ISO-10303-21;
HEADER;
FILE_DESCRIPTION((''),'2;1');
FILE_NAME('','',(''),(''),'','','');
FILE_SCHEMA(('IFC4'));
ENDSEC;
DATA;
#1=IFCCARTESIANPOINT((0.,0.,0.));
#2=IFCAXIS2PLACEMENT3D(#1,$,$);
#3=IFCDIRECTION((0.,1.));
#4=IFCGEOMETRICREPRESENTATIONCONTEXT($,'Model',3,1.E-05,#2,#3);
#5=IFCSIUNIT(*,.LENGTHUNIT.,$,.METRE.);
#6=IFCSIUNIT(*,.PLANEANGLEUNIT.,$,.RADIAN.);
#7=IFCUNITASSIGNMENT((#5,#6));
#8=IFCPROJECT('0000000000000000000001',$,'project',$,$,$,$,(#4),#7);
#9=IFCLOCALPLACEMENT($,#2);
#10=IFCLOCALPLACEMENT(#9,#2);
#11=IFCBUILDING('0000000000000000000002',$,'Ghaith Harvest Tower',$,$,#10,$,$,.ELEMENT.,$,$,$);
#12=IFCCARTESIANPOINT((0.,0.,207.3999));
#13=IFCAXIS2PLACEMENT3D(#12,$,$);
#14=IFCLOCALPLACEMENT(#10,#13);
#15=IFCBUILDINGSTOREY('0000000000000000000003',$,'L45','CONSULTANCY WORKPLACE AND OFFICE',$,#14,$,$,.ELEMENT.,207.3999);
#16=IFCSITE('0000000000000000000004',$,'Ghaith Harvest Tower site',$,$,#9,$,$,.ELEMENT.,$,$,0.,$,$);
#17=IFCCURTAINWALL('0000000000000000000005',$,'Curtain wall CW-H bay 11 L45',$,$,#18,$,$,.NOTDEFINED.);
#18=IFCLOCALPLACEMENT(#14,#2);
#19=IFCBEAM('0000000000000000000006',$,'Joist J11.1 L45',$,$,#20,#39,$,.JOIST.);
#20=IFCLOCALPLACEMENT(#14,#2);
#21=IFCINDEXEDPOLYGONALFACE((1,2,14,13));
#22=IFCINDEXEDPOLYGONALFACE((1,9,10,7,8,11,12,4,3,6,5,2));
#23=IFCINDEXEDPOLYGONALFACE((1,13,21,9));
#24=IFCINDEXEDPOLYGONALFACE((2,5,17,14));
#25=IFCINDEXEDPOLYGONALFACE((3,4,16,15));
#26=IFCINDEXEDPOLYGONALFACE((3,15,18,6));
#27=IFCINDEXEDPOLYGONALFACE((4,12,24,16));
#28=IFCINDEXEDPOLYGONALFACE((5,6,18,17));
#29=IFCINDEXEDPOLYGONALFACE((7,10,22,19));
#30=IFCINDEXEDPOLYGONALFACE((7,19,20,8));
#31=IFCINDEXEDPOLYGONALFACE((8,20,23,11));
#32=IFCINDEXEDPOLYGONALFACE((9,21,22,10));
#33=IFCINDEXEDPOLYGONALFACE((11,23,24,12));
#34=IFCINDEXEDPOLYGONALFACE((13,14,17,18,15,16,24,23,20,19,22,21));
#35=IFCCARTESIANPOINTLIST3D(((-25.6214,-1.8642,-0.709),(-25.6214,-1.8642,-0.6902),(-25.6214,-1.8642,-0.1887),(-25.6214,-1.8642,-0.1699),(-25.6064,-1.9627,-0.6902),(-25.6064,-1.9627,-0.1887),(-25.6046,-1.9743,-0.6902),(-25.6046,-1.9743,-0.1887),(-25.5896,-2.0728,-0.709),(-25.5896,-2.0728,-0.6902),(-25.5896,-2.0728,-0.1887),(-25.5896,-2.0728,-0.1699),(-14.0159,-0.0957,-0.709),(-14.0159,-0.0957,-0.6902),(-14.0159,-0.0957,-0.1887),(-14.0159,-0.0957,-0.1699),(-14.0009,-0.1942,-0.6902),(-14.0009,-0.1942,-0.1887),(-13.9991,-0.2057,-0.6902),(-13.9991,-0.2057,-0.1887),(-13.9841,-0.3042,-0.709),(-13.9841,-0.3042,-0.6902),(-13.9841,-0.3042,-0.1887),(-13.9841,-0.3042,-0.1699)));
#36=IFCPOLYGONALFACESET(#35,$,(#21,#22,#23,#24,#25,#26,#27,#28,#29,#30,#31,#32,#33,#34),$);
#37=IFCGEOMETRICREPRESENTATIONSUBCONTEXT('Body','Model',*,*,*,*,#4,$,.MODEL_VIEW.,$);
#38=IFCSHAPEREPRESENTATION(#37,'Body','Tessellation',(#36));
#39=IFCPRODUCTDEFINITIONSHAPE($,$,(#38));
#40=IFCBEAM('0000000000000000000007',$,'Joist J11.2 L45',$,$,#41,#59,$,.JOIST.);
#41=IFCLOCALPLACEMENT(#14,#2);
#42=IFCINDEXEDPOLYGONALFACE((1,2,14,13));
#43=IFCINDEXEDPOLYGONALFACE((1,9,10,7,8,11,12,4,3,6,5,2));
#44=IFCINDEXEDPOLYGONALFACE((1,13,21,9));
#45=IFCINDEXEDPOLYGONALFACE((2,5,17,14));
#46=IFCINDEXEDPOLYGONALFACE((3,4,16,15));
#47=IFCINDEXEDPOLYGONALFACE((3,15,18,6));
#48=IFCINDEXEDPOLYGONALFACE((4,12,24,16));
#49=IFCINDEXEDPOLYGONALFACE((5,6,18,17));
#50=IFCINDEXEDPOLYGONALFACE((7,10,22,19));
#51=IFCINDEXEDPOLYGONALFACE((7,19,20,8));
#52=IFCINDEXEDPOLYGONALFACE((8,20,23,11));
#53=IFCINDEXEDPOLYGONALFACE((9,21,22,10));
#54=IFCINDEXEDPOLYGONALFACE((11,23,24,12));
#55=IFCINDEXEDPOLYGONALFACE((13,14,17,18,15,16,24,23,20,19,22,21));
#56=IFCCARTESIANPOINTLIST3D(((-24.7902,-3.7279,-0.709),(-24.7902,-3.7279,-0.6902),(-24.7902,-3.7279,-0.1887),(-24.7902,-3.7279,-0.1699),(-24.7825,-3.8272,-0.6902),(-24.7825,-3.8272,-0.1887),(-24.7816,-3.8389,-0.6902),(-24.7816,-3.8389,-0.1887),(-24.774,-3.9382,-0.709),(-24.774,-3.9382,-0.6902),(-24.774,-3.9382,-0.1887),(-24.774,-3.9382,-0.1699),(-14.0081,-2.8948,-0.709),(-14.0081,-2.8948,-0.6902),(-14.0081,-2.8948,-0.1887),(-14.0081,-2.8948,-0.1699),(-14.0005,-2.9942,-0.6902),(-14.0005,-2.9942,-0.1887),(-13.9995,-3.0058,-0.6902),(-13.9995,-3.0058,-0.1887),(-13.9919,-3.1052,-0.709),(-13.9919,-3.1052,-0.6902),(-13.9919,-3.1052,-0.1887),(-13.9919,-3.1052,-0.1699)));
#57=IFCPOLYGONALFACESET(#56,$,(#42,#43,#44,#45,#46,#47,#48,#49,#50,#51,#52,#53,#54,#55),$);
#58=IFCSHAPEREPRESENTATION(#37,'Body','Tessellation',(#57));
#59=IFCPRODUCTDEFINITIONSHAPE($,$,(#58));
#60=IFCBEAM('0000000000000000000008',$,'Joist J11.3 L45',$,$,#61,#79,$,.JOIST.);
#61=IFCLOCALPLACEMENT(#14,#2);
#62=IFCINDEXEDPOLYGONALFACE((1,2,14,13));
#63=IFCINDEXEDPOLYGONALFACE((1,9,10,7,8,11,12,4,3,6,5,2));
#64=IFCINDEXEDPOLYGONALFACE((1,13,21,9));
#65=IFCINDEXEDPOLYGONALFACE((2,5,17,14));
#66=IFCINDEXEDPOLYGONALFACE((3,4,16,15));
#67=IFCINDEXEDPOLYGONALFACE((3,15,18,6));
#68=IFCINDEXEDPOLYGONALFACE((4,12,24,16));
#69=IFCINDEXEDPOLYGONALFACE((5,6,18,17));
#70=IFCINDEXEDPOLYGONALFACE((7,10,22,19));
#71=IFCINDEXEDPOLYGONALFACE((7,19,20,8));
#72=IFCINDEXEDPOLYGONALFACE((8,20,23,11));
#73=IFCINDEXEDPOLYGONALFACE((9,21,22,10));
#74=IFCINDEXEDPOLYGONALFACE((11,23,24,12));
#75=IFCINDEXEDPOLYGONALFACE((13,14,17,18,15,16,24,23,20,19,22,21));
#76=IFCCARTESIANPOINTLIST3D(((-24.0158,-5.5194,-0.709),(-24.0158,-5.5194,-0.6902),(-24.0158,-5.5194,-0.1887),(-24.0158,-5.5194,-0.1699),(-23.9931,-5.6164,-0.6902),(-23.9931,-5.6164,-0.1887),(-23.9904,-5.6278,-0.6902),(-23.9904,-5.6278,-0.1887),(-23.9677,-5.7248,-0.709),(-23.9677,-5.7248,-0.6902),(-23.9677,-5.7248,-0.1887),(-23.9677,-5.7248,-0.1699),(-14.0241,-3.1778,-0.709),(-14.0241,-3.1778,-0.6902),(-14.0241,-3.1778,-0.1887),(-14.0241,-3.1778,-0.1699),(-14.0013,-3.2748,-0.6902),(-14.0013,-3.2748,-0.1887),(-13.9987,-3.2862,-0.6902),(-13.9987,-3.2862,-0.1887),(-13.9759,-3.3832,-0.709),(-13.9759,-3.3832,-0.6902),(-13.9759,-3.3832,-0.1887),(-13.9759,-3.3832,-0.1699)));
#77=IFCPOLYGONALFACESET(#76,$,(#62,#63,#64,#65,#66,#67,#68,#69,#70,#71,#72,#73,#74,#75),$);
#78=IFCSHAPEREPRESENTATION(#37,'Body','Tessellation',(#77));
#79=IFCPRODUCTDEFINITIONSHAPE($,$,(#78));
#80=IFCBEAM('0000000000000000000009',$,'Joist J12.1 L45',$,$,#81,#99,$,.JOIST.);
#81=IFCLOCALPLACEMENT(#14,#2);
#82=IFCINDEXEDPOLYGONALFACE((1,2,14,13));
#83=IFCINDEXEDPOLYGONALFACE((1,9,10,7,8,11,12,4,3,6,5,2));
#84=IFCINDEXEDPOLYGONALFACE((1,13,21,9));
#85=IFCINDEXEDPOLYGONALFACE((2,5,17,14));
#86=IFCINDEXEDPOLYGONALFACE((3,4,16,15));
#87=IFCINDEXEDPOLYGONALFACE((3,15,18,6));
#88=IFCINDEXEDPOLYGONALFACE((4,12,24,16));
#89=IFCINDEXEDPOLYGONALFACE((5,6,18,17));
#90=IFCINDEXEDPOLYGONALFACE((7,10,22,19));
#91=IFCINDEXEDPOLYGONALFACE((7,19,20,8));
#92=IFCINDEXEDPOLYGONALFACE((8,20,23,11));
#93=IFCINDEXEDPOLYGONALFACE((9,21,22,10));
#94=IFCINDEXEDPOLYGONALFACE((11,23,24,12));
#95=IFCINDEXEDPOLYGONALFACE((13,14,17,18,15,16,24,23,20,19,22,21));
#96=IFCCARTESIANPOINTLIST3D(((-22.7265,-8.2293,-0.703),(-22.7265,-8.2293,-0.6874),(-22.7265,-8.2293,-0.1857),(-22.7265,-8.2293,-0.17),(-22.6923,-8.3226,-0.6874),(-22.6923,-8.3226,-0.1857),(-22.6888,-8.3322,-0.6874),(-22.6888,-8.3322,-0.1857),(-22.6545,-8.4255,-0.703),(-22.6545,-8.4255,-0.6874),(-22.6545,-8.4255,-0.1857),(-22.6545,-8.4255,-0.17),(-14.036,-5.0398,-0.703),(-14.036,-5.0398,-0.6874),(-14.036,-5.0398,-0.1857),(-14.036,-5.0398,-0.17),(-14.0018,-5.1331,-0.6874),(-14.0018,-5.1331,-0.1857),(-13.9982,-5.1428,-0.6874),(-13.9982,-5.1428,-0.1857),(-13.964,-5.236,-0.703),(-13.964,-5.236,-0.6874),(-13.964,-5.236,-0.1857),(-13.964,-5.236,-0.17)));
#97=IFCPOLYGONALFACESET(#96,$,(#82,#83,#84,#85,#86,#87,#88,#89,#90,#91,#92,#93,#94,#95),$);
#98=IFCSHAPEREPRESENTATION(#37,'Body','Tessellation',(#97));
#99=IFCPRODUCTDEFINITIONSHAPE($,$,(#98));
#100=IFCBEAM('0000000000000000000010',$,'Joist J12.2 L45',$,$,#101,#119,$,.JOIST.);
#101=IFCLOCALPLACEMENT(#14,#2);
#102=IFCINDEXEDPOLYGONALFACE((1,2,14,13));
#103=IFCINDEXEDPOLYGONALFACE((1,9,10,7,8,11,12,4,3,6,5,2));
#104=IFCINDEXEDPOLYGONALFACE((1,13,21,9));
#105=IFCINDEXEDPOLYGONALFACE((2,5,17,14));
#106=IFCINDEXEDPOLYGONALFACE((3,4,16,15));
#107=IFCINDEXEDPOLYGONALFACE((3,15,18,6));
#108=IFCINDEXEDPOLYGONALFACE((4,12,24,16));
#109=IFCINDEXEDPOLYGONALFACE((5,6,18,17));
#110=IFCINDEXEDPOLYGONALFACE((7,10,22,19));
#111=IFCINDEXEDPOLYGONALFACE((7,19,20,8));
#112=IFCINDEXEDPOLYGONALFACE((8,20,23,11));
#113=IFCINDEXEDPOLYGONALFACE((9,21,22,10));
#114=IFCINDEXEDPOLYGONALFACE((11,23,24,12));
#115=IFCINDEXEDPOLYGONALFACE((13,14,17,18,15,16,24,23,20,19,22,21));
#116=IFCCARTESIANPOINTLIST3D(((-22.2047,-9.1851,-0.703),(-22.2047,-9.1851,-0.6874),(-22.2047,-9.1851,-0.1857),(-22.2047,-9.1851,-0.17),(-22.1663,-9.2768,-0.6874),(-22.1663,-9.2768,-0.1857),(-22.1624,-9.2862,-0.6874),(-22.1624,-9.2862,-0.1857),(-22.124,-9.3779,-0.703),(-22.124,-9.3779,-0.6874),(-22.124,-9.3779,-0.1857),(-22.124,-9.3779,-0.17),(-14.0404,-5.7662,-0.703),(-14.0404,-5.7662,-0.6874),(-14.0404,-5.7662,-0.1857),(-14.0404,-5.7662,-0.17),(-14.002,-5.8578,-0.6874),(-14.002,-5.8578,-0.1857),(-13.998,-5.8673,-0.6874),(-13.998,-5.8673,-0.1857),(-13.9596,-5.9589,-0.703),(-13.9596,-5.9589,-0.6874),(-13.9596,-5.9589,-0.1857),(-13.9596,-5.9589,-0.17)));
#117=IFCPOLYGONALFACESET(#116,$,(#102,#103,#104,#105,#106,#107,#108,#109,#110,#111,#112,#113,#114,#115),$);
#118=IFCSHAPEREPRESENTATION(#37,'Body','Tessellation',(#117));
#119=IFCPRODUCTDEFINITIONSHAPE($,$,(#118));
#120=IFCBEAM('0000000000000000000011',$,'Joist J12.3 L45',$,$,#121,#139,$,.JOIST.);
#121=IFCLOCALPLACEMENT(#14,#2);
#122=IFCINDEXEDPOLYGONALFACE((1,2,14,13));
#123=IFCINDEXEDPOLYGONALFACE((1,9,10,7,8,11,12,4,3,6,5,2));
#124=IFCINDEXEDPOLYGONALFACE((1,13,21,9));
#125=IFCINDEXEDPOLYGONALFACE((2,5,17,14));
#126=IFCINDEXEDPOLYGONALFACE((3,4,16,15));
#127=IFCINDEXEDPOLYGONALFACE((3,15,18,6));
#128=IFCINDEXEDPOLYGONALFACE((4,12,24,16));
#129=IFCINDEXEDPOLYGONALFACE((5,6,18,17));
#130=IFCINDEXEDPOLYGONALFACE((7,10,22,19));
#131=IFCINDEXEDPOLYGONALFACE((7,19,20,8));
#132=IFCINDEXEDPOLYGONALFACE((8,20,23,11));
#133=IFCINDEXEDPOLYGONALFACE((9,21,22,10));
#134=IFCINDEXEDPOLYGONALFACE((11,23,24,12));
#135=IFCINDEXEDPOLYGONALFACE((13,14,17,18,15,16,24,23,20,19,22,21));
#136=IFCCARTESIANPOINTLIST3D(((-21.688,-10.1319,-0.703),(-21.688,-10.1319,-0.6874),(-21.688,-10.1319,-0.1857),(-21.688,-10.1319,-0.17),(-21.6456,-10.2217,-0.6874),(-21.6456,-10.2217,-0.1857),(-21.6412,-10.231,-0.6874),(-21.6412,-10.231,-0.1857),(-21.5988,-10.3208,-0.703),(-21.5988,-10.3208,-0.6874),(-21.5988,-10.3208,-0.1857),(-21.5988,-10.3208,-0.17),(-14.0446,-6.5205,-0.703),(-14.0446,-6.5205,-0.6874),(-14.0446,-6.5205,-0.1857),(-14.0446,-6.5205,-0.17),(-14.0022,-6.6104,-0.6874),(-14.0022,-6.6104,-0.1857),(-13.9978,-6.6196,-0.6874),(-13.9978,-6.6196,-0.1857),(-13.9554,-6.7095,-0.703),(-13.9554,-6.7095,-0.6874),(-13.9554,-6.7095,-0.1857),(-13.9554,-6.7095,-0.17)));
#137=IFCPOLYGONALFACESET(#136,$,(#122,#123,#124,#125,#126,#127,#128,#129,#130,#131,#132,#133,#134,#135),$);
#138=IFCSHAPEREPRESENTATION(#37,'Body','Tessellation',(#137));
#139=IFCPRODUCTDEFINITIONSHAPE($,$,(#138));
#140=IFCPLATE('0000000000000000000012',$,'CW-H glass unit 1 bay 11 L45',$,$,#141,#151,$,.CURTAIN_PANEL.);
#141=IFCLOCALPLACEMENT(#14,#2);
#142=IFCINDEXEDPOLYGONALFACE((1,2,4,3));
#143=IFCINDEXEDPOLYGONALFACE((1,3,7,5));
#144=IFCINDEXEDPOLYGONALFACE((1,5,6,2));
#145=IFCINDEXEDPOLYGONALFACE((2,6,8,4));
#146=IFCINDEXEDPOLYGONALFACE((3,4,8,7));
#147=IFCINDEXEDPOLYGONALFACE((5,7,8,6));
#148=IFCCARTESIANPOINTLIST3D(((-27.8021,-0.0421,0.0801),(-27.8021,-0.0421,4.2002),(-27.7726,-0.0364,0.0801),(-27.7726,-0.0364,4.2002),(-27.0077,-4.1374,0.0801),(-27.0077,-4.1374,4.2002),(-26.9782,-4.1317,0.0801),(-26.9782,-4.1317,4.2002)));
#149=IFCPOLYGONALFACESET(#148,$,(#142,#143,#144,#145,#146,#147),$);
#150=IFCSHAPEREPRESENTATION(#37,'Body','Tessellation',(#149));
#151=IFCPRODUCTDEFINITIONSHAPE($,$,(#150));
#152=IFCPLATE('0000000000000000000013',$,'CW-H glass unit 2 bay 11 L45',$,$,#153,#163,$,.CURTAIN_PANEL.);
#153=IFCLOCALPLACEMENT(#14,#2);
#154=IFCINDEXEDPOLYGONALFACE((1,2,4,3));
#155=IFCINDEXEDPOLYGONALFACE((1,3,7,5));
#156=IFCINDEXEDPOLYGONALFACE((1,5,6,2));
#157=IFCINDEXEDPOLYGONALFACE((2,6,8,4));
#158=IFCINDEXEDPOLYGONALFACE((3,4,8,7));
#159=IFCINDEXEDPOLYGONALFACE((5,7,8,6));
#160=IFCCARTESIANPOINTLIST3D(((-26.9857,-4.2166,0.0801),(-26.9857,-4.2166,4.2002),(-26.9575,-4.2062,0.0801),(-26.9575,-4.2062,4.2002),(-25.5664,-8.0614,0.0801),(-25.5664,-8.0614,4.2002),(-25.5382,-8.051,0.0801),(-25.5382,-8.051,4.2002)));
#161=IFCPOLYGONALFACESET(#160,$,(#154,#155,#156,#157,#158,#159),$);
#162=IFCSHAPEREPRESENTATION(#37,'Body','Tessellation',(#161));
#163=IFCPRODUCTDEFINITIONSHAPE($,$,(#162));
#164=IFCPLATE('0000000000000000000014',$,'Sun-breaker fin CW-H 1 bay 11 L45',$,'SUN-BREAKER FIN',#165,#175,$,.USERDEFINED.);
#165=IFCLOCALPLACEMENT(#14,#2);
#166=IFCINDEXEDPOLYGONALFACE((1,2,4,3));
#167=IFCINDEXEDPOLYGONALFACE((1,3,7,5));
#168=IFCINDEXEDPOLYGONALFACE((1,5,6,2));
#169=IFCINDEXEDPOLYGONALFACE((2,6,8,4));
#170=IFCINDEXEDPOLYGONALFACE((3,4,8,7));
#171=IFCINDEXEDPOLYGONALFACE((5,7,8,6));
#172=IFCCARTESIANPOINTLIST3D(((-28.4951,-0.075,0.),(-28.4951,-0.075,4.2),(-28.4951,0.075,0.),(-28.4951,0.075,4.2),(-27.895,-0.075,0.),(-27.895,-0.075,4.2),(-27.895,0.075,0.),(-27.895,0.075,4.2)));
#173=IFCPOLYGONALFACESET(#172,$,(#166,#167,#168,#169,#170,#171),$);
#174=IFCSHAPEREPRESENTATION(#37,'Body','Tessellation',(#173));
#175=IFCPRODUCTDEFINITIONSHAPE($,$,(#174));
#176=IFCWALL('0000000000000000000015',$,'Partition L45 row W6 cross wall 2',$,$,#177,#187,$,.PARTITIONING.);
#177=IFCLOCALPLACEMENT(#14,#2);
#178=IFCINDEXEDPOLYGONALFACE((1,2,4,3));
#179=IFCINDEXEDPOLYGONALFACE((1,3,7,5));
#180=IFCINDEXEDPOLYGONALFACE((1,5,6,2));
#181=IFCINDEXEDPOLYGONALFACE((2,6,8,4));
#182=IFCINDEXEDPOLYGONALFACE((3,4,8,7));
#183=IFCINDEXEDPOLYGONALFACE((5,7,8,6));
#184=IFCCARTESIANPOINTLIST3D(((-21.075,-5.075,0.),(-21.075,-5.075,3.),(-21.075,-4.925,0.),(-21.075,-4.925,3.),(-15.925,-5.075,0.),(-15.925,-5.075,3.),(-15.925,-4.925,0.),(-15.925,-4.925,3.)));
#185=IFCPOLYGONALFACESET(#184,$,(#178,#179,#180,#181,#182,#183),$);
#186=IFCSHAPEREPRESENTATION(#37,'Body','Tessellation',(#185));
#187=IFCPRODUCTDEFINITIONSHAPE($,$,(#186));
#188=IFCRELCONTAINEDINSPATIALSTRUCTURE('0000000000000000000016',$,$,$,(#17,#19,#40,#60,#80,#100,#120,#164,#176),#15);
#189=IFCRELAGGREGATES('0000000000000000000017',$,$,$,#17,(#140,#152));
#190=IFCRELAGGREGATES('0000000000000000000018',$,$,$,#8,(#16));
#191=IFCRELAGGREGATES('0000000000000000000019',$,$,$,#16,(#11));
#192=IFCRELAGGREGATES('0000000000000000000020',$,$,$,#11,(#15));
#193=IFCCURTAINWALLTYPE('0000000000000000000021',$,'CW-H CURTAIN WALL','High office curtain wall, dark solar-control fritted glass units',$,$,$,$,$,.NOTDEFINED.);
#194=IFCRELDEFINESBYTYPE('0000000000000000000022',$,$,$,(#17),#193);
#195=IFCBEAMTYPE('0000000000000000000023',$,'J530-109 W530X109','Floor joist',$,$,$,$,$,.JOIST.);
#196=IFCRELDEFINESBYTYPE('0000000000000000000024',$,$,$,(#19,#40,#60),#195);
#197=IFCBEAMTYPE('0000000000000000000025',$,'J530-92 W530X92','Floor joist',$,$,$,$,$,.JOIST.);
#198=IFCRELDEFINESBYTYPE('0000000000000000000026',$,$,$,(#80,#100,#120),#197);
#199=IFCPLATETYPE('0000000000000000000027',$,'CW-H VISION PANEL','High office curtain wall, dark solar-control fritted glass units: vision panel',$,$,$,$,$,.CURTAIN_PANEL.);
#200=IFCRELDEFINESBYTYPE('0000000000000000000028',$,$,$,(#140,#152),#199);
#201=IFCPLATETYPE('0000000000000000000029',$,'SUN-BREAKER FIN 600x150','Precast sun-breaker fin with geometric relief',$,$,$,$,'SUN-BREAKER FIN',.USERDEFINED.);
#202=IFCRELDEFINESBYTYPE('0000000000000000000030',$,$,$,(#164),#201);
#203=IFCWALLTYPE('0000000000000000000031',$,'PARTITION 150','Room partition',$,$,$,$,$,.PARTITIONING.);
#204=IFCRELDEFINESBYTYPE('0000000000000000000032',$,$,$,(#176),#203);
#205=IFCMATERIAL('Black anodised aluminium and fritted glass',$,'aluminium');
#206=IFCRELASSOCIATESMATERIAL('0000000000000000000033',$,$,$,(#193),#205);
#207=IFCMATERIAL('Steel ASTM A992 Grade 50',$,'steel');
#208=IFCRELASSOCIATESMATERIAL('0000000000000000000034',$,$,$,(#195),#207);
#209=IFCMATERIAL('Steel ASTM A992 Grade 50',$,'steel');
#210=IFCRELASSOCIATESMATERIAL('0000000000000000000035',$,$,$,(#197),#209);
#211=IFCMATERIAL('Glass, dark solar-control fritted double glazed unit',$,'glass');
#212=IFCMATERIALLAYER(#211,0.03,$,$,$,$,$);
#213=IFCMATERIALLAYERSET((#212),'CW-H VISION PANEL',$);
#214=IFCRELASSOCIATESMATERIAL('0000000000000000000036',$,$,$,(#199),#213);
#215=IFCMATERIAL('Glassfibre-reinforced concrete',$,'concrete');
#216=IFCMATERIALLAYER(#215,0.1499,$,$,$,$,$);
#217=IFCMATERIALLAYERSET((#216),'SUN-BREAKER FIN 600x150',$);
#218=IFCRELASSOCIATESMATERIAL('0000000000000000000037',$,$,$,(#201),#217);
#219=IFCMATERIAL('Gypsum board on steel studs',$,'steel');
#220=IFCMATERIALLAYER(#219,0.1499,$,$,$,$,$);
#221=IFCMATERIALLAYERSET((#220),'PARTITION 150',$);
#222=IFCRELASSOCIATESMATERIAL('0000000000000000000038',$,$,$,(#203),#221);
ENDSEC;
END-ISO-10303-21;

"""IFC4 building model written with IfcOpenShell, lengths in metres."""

from ifc_helpers import new_model, si_unit, direction, frame, frame_2d, origin, origin_2d, place, context, subcontext, project, spatial, rectangle, i_section, extrude, material, layer, layer_set, material_profile, profile_set, type_object, element, aggregate, save


model = new_model("IFC4")

# Units and contexts
model_context = context("Model", 3, precision=1e-05, world=origin(), true_north=direction((0.0, 1.0)))
body_context = subcontext(model_context, "Body", "Model", "MODEL_VIEW")
ifc_project = project(units=[si_unit("LENGTHUNIT", "METRE"), si_unit("PLANEANGLEUNIT", "RADIAN")], contexts=[model_context])

# Site, building, storey
site_placement = place(None, origin())
site = spatial("IfcSite", under=ifc_project, at=site_placement, Name="Ghaith Harvest Tower site", CompositionType="ELEMENT", RefElevation=0.0)
building_placement = place(site_placement, origin())
building = spatial("IfcBuilding", under=site, at=building_placement, Name="Ghaith Harvest Tower", CompositionType="ELEMENT")
storey_placement = place(building_placement, frame((0.0, 0.0, 207.3999)))
storey = spatial("IfcBuildingStorey", under=building, at=storey_placement, Name="L45", Description="CONSULTANCY WORKPLACE AND OFFICE", CompositionType="ELEMENT", Elevation=207.3999)

# Curtain wall
ifc_material_1 = material(Name="Black anodised aluminium and fritted glass", Category="aluminium")
curtain_wall_type = type_object("IfcCurtainWallType", Name="CW-H CURTAIN WALL", Description="High office curtain wall, dark solar-control fritted glass units", PredefinedType="NOTDEFINED", material=ifc_material_1)
curtain_wall_1_placement = place(storey_placement, origin())
curtain_wall_1 = element("IfcCurtainWall", 1, at=curtain_wall_1_placement, inside=storey, type_object=curtain_wall_type, Name="Curtain wall CW-H bay 11 L45", PredefinedType="NOTDEFINED")

# Beams
ifc_material_2 = material(Name="Steel ASTM A992 Grade 50", Category="steel")
ifc_material_profile_1 = material_profile(ifc_material_2, i_section(OverallWidth=0.2109, OverallDepth=0.5391, WebThickness=0.0117, FlangeThickness=0.0188, at=origin_2d()), Name="W530X109")
ifc_profile_set_1 = profile_set([ifc_material_profile_1], Name="Steel ASTM A992 Grade 50")
beam_type_1 = type_object("IfcBeamType", Name="J530-109 W530X109", Description="Floor joist", PredefinedType="JOIST", material=ifc_profile_set_1)
beam_1_placement = place(storey_placement, frame((-14.0, -0.2, -0.4395), z_axis=(-0.988587, -0.150651, 0.0), x_axis=(0.150651, -0.988587, 0.0)))
element("IfcBeam", 2, at=beam_1_placement, inside=storey, type_object=beam_type_1, Name="Joist J11.1 L45", PredefinedType="JOIST", context=body_context, shape_type="SweptSolid", body=[
    extrude(i_section(OverallWidth=0.2109, OverallDepth=0.5391, WebThickness=0.0117, FlangeThickness=0.0188, at=origin_2d()), origin(), (0.0, 0.0, 1.0), 11.7395),
])
beam_2_placement = place(storey_placement, frame((-14.0, -3.0, -0.4395), z_axis=(-0.997029, -0.07703, 0.0), x_axis=(0.07703, -0.997029, 0.0)))
element("IfcBeam", 3, at=beam_2_placement, inside=storey, type_object=beam_type_1, Name="Joist J11.2 L45", PredefinedType="JOIST", context=body_context, shape_type="SweptSolid", body=[
    extrude(i_section(OverallWidth=0.2109, OverallDepth=0.5391, WebThickness=0.0117, FlangeThickness=0.0188, at=origin_2d()), origin(), (0.0, 0.0, 1.0), 10.8142),
])
beam_3_placement = place(storey_placement, frame((-14.0, -3.2805, -0.4395), z_axis=(-0.973622, -0.228168, 0.0), x_axis=(0.228168, -0.973622, 0.0)))
element("IfcBeam", 4, at=beam_3_placement, inside=storey, type_object=beam_type_1, Name="Joist J11.3 L45", PredefinedType="JOIST", context=body_context, shape_type="SweptSolid", body=[
    extrude(i_section(OverallWidth=0.2109, OverallDepth=0.5391, WebThickness=0.0117, FlangeThickness=0.0188, at=origin_2d()), origin(), (0.0, 0.0, 1.0), 10.2625),
])
ifc_material_3 = material(Name="Steel ASTM A992 Grade 50", Category="steel")
ifc_material_profile_2 = material_profile(ifc_material_3, i_section(OverallWidth=0.209, OverallDepth=0.533, WebThickness=0.0103, FlangeThickness=0.0156, at=origin_2d()), Name="W530X92")
ifc_profile_set_2 = profile_set([ifc_material_profile_2], Name="Steel ASTM A992 Grade 50")
beam_type_2 = type_object("IfcBeamType", Name="J530-92 W530X92", Description="Floor joist", PredefinedType="JOIST", material=ifc_profile_set_2)
beam_4_placement = place(storey_placement, frame((-14.0, -5.1379, -0.4365), z_axis=(-0.938773, -0.344537, 0.0), x_axis=(0.344537, -0.938773, 0.0)))
element("IfcBeam", 5, at=beam_4_placement, inside=storey, type_object=beam_type_2, Name="Joist J12.1 L45", PredefinedType="JOIST", context=body_context, shape_type="SweptSolid", body=[
    extrude(i_section(OverallWidth=0.209, OverallDepth=0.533, WebThickness=0.0103, FlangeThickness=0.0156, at=origin_2d()), origin(), (0.0, 0.0, 1.0), 9.2573),
])
beam_5_placement = place(storey_placement, frame((-14.0, -5.8625, -0.4365), z_axis=(-0.922388, -0.386266, 0.0), x_axis=(0.386266, -0.922388, 0.0)))
element("IfcBeam", 6, at=beam_5_placement, inside=storey, type_object=beam_type_2, Name="Joist J12.2 L45", PredefinedType="JOIST", context=body_context, shape_type="SweptSolid", body=[
    extrude(i_section(OverallWidth=0.209, OverallDepth=0.533, WebThickness=0.0103, FlangeThickness=0.0156, at=origin_2d()), origin(), (0.0, 0.0, 1.0), 8.8513),
])
beam_6_placement = place(storey_placement, frame((-14.0, -6.615, -0.4365), z_axis=(-0.904158, -0.427198, 0.0), x_axis=(0.427198, -0.904158, 0.0)))
element("IfcBeam", 7, at=beam_6_placement, inside=storey, type_object=beam_type_2, Name="Joist J12.3 L45", PredefinedType="JOIST", context=body_context, shape_type="SweptSolid", body=[
    extrude(i_section(OverallWidth=0.209, OverallDepth=0.533, WebThickness=0.0103, FlangeThickness=0.0156, at=origin_2d()), origin(), (0.0, 0.0, 1.0), 8.4536),
])

# Plates
ifc_material_4 = material(Name="Glass, dark solar-control fritted double glazed unit", Category="glass")
ifc_layer_1 = layer(ifc_material_4, 0.03)
ifc_layer_set_1 = layer_set([ifc_layer_1], Name="CW-H VISION PANEL")
plate_type_1 = type_object("IfcPlateType", Name="CW-H VISION PANEL", Description="High office curtain wall, dark solar-control fritted glass units: vision panel", PredefinedType="CURTAIN_PANEL", material=ifc_layer_set_1)
plate_1_placement = place(storey_placement, frame((-27.3901, -2.0869, 0.0801), z_axis=(0.0, 0.0, 1.0), x_axis=(0.190427, -0.981701, 0.0)))
plate_1 = element("IfcPlate", 8, at=plate_1_placement, type_object=plate_type_1, Name="CW-H glass unit 1 bay 11 L45", PredefinedType="CURTAIN_PANEL", context=body_context, shape_type="SweptSolid", body=[
    extrude(rectangle(XDim=4.1716, YDim=0.03, at=origin_2d()), origin(), (0.0, 0.0, 1.0), 4.1201),
])
plate_2_placement = place(storey_placement, frame((-26.262, -6.1338, 0.0801), z_axis=(0.0, 0.0, 1.0), x_axis=(0.346303, -0.938123, 0.0)))
plate_2 = element("IfcPlate", 9, at=plate_2_placement, type_object=plate_type_1, Name="CW-H glass unit 2 bay 11 L45", PredefinedType="CURTAIN_PANEL", context=body_context, shape_type="SweptSolid", body=[
    extrude(rectangle(XDim=4.0984, YDim=0.03, at=origin_2d()), origin(), (0.0, 0.0, 1.0), 4.1201),
])
aggregate(curtain_wall_1, [plate_1, plate_2])
ifc_material_5 = material(Name="Glassfibre-reinforced concrete", Category="concrete")
ifc_layer_2 = layer(ifc_material_5, 0.1499)
ifc_layer_set_2 = layer_set([ifc_layer_2], Name="SUN-BREAKER FIN 600x150")
plate_type_2 = type_object("IfcPlateType", Name="SUN-BREAKER FIN 600x150", Description="Precast sun-breaker fin with geometric relief", ElementType="SUN-BREAKER FIN", PredefinedType="USERDEFINED", material=ifc_layer_set_2)
plate_3_placement = place(storey_placement, frame((-28.1951, 0.0, 0.0), z_axis=(0.0, 0.0, 1.0), x_axis=(-1.0, 0.0, 0.0)))
element("IfcPlate", 10, at=plate_3_placement, inside=storey, type_object=plate_type_2, Name="Sun-breaker fin CW-H 1 bay 11 L45", ObjectType="SUN-BREAKER FIN", PredefinedType="USERDEFINED", context=body_context, shape_type="SweptSolid", body=[
    extrude(rectangle(XDim=0.6001, YDim=0.1499, at=origin_2d()), origin(), (0.0, 0.0, 1.0), 4.2),
])

# Wall
ifc_material_6 = material(Name="Gypsum board on steel studs", Category="steel")
ifc_layer_3 = layer(ifc_material_6, 0.1499)
ifc_layer_set_3 = layer_set([ifc_layer_3], Name="PARTITION 150")
wall_type = type_object("IfcWallType", Name="PARTITION 150", Description="Room partition", PredefinedType="PARTITIONING", material=ifc_layer_set_3)
for number, where, z_axis, x_axis, name in (
    (11, (-15.925, -5.0, 0.0), (0.0, 0.0, 1.0), (-1.0, 0.0, 0.0), "Partition L45 row W6 cross wall 2"),
):
    element("IfcWall", number, at=place(storey_placement, frame(where, z_axis=z_axis, x_axis=x_axis)), inside=storey, type_object=wall_type, Name=name, PredefinedType="PARTITIONING", context=body_context, shape_type="SweptSolid", body=[
        extrude(rectangle(XDim=5.1499, YDim=0.1499, at=frame_2d((2.575, 0.0))), origin(), (0.0, 0.0, 1.0), 3.0),
    ])

save(model, "model.ifc")
